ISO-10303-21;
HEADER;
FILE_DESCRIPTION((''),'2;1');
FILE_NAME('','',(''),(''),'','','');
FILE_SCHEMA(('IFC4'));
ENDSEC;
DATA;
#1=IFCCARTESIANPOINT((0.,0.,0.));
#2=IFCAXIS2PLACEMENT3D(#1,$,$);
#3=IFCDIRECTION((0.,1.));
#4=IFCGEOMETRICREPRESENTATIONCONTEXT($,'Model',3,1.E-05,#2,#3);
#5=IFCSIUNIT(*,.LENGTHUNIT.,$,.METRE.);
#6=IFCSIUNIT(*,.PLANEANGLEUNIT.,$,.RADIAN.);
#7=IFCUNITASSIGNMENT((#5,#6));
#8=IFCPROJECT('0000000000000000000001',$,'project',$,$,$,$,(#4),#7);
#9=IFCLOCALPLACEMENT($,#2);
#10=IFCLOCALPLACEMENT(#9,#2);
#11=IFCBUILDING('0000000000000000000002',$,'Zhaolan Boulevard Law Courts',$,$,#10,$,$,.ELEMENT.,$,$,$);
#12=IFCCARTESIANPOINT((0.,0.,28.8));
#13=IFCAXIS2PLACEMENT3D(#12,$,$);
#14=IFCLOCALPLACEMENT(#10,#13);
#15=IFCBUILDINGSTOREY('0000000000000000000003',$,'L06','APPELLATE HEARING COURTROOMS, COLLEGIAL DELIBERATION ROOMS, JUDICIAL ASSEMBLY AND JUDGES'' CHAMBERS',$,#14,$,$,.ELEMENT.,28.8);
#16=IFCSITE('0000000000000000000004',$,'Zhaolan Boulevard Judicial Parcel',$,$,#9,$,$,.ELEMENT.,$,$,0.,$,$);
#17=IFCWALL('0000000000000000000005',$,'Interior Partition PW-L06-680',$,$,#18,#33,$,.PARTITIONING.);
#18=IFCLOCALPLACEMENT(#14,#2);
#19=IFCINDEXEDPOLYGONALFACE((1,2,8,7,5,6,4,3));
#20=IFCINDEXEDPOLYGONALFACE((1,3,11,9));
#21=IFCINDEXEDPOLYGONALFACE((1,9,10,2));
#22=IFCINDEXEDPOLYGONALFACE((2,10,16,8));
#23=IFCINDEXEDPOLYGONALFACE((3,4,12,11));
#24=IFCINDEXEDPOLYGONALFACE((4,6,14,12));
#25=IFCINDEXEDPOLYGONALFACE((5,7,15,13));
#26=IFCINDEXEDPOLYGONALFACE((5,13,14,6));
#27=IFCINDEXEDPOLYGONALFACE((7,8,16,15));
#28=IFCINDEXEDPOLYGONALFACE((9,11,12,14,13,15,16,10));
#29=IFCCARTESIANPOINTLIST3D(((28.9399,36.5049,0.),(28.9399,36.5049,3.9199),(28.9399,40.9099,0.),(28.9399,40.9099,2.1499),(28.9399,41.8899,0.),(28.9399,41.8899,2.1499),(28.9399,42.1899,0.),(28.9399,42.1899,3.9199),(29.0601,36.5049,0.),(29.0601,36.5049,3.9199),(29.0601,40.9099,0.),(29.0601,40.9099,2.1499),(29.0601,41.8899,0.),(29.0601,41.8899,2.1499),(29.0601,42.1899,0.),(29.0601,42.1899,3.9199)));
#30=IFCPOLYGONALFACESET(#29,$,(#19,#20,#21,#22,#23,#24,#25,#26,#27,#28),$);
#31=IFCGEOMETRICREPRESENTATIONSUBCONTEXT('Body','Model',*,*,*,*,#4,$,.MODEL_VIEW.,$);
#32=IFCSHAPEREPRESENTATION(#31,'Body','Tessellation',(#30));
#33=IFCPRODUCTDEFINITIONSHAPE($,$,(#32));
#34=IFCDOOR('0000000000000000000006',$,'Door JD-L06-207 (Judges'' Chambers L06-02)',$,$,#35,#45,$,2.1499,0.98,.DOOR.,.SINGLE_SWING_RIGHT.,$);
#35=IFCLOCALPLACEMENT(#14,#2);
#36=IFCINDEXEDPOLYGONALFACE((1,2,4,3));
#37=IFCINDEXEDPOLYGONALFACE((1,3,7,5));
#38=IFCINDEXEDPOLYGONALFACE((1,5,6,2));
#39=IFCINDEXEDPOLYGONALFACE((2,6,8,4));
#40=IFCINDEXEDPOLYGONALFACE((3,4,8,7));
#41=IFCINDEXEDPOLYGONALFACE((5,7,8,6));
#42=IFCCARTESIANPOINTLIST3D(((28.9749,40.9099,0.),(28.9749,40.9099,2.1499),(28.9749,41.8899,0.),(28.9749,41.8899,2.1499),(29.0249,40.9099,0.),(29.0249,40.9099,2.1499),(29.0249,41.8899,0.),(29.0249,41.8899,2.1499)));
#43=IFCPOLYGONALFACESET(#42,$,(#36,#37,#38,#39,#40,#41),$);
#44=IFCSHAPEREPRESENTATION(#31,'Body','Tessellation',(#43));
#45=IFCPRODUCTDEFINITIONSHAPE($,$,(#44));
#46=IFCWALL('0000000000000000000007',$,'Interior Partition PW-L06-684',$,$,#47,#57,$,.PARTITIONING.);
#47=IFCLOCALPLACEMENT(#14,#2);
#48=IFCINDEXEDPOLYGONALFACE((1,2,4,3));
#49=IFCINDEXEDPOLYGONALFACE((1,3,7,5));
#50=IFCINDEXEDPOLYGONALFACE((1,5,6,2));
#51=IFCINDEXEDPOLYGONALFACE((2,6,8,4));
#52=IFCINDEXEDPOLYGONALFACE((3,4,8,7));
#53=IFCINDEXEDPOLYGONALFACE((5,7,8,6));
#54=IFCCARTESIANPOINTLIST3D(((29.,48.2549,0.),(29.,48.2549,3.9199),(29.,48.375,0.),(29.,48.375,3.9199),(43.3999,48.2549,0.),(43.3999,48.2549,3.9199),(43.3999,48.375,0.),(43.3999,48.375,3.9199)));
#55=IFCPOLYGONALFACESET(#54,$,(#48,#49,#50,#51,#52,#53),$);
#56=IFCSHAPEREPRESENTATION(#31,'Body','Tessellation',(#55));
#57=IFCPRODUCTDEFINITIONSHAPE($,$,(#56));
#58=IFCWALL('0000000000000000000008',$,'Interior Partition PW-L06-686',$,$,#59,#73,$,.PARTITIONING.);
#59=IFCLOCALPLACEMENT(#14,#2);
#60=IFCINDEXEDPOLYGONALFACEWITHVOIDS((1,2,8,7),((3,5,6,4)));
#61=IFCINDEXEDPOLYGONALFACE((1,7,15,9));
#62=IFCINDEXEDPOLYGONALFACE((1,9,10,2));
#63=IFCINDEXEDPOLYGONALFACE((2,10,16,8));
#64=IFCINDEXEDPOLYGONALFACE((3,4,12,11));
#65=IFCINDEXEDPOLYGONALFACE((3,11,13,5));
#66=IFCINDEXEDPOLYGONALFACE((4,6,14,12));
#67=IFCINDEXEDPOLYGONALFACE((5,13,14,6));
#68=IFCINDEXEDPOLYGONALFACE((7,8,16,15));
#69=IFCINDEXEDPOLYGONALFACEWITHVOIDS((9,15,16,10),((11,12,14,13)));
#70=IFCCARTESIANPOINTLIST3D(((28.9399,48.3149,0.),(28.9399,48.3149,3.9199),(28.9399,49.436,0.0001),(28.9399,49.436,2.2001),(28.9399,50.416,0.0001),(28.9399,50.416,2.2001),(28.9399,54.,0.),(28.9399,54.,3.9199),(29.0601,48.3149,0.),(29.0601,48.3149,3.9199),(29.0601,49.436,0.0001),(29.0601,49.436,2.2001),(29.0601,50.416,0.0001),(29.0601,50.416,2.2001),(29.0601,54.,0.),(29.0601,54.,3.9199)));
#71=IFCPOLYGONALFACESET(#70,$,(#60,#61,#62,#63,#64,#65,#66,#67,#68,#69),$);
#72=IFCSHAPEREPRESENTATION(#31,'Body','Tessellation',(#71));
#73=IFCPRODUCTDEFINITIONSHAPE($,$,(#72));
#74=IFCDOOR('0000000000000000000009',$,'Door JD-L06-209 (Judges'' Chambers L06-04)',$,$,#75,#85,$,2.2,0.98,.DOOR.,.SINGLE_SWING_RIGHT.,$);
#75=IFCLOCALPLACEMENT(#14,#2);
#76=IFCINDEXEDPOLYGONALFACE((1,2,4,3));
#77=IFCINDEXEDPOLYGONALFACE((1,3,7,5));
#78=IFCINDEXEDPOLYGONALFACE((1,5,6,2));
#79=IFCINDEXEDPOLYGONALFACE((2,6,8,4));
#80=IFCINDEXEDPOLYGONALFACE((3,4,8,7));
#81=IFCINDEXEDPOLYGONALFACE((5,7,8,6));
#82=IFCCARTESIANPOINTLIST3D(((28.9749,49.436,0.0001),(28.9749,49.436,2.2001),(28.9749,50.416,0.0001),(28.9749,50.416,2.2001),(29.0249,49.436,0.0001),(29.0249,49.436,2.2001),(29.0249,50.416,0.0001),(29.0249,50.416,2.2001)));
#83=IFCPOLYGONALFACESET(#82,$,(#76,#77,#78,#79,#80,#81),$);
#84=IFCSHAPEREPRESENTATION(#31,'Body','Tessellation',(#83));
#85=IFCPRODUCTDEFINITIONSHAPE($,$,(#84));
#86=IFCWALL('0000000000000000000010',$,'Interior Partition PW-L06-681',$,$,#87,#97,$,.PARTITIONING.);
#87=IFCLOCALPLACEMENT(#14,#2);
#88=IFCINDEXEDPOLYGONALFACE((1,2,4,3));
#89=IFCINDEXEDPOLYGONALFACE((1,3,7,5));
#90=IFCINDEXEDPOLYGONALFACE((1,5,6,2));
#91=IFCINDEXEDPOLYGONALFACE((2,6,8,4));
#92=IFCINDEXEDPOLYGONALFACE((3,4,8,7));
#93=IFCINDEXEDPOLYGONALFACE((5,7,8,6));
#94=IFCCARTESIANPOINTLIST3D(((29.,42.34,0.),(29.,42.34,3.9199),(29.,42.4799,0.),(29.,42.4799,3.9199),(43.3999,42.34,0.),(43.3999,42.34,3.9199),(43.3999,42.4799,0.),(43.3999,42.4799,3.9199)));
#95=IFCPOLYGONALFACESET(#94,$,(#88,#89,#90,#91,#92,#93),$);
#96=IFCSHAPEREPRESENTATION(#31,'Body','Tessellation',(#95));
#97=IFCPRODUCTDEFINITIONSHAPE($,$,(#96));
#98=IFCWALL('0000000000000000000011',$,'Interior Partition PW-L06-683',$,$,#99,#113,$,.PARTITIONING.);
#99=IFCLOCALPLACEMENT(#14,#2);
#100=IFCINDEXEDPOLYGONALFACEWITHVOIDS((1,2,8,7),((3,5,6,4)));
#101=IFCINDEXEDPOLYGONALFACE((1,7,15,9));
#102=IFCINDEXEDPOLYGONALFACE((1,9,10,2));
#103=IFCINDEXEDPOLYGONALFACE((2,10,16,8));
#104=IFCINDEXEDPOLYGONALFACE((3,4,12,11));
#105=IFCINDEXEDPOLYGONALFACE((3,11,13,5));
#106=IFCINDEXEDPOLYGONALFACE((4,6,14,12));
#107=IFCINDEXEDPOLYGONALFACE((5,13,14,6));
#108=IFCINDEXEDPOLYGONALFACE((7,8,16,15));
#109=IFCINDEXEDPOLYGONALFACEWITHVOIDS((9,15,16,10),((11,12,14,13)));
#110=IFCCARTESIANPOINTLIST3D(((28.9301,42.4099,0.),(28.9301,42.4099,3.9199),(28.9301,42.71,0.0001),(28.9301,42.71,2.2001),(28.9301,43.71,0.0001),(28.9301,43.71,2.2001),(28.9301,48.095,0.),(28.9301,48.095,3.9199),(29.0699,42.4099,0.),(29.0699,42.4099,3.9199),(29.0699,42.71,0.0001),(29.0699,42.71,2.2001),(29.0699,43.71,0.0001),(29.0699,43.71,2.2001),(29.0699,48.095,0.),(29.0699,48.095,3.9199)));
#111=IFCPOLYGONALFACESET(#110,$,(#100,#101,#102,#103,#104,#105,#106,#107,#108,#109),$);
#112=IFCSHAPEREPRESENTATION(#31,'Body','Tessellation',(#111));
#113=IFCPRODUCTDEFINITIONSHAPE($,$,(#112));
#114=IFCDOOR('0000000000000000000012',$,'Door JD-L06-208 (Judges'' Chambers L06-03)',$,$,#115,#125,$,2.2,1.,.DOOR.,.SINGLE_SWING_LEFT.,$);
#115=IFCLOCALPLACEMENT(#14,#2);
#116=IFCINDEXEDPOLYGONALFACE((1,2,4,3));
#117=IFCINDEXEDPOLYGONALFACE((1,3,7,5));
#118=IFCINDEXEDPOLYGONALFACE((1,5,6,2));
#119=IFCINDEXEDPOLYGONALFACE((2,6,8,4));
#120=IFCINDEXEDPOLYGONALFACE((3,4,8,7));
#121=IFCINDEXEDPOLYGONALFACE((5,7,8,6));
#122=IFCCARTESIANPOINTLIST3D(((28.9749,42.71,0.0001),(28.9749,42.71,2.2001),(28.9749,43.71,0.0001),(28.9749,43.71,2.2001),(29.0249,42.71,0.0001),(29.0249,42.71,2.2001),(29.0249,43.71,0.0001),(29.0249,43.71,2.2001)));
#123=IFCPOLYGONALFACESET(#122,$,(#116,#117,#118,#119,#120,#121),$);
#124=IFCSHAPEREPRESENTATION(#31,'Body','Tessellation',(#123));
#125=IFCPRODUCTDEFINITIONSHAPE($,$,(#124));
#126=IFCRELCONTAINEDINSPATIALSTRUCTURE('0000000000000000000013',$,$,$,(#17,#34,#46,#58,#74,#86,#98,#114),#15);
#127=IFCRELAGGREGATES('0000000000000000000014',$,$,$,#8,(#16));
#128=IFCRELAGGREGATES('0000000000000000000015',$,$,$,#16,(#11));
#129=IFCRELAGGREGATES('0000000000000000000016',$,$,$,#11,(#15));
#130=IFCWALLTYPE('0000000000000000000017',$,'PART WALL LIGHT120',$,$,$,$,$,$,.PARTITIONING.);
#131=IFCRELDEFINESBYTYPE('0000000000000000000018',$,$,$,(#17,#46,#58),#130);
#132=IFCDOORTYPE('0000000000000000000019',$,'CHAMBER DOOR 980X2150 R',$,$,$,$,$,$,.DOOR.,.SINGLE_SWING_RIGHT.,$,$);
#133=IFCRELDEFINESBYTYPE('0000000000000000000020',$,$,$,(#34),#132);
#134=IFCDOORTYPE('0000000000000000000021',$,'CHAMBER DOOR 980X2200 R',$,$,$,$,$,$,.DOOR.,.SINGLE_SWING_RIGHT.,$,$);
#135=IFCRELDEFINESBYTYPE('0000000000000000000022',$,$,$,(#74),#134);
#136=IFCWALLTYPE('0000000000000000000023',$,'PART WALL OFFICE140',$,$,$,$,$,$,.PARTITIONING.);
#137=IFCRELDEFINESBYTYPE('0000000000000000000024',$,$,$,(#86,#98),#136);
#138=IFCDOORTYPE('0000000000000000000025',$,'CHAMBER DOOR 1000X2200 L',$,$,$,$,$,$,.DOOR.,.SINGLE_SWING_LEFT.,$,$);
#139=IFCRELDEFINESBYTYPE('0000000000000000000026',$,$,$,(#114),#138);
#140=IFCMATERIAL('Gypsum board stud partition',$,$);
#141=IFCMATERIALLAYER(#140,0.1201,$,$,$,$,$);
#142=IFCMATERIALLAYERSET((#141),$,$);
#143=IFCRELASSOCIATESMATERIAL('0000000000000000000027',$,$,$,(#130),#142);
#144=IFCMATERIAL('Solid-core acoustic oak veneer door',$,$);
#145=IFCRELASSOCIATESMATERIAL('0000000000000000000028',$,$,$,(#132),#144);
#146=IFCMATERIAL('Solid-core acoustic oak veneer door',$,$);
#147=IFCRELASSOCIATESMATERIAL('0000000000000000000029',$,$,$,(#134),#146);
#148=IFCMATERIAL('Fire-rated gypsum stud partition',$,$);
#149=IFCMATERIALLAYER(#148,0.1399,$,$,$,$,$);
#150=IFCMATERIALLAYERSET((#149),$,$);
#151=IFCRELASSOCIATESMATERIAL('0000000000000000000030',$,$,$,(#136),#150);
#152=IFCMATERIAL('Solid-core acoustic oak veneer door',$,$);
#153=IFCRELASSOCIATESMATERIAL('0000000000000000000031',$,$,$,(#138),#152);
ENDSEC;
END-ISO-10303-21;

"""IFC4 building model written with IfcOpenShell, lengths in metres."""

from ifc_helpers import new_model, si_unit, direction, frame, frame_2d, origin, place, context, subcontext, project, spatial, rectangle, extrude, material, layer, layer_set, type_object, element, fill, save


model = new_model("IFC4")

# Units and contexts
model_context = context("Model", 3, precision=1e-05, world=origin(), true_north=direction((0.0, 1.0)))
body_context = subcontext(model_context, "Body", "Model", "MODEL_VIEW")
ifc_project = project(units=[si_unit("LENGTHUNIT", "METRE"), si_unit("PLANEANGLEUNIT", "RADIAN")], contexts=[model_context])

# Site, building, storey
site_placement = place(None, origin())
site = spatial("IfcSite", under=ifc_project, at=site_placement, Name="Zhaolan Boulevard Judicial Parcel", CompositionType="ELEMENT", RefElevation=0.0)
building_placement = place(site_placement, origin())
building = spatial("IfcBuilding", under=site, at=building_placement, Name="Zhaolan Boulevard Law Courts", CompositionType="ELEMENT")
storey_placement = place(building_placement, frame((0.0, 0.0, 28.8)))
storey = spatial("IfcBuildingStorey", under=building, at=storey_placement, Name="L06", Description="APPELLATE HEARING COURTROOMS, COLLEGIAL DELIBERATION ROOMS, JUDICIAL ASSEMBLY AND JUDGES' CHAMBERS", CompositionType="ELEMENT", Elevation=28.8)

# Wall, opening, door
ifc_material_1 = material(Name="Gypsum board stud partition")
ifc_layer_1 = layer(ifc_material_1, 0.1201)
ifc_layer_set_1 = layer_set([ifc_layer_1])
wall_type_1 = type_object("IfcWallType", Name="PART WALL LIGHT120", PredefinedType="PARTITIONING", material=ifc_layer_set_1)
wall_1_placement = place(storey_placement, frame((29.0, 42.1899, 0.0), z_axis=(0.0, 0.0, 1.0), x_axis=(0.0, -1.0, 0.0)))
wall_1 = element("IfcWall", 1, at=wall_1_placement, inside=storey, type_object=wall_type_1, Name="Interior Partition PW-L06-680", PredefinedType="PARTITIONING", context=body_context, shape_type="SweptSolid", body=[
    extrude(rectangle(XDim=5.6851, YDim=0.1201, at=frame_2d((2.8425, 0.0))), origin(), (0.0, 0.0, 1.0), 3.9199),
])
opening_1_placement = place(wall_1_placement, frame((0.3, 0.0, 0.0)))
opening_1 = element("IfcOpeningElement", 2, at=opening_1_placement, cuts=wall_1, PredefinedType="OPENING", context=body_context, shape_type="SweptSolid", body=[
    extrude(rectangle(XDim=0.98, YDim=2.1499, at=frame_2d((0.49, 1.075))), frame((0.0, 0.0701, 0.0), z_axis=(0.0, -1.0, 0.0), x_axis=(1.0, 0.0, 0.0)), (0.0, 0.0, 1.0), 0.1401),
])
ifc_material_2 = material(Name="Solid-core acoustic oak veneer door")
door_type_1 = type_object("IfcDoorType", Name="CHAMBER DOOR 980X2150 R", OperationType="SINGLE_SWING_RIGHT", PredefinedType="DOOR", material=ifc_material_2)
door_1_placement = place(opening_1_placement, origin())
door_1 = element("IfcDoor", 3, at=door_1_placement, inside=storey, type_object=door_type_1, Name="Door JD-L06-207 (Judges' Chambers L06-02)", OperationType="SINGLE_SWING_RIGHT", OverallHeight=2.1499, OverallWidth=0.98, PredefinedType="DOOR", context=body_context, shape_type="SweptSolid", body=[
    extrude(rectangle(XDim=0.98, YDim=2.1499, at=frame_2d((0.49, 1.075))), frame((0.0, 0.0249, 0.0), z_axis=(0.0, -1.0, 0.0), x_axis=(1.0, 0.0, 0.0)), (0.0, 0.0, 1.0), 0.05),
])
fill(opening_1, door_1)

# Wall
wall_2_placement = place(storey_placement, frame((29.0, 48.3149, 0.0), z_axis=(0.0, 0.0, 1.0), x_axis=(1.0, 0.0, 0.0)))
element("IfcWall", 4, at=wall_2_placement, inside=storey, type_object=wall_type_1, Name="Interior Partition PW-L06-684", PredefinedType="PARTITIONING", context=body_context, shape_type="SweptSolid", body=[
    extrude(rectangle(XDim=14.3999, YDim=0.1201, at=frame_2d((7.2, 0.0))), origin(), (0.0, 0.0, 1.0), 3.9199),
])

# Wall, opening, door
wall_3_placement = place(storey_placement, frame((29.0, 54.0, 0.0), z_axis=(0.0, 0.0, 1.0), x_axis=(0.0, -1.0, 0.0)))
wall_3 = element("IfcWall", 5, at=wall_3_placement, inside=storey, type_object=wall_type_1, Name="Interior Partition PW-L06-686", PredefinedType="PARTITIONING", context=body_context, shape_type="SweptSolid", body=[
    extrude(rectangle(XDim=5.6851, YDim=0.1201, at=frame_2d((2.8425, 0.0))), origin(), (0.0, 0.0, 1.0), 3.9199),
])
opening_2_placement = place(wall_3_placement, frame((3.584, 0.0, 0.0)))
opening_2 = element("IfcOpeningElement", 6, at=opening_2_placement, cuts=wall_3, PredefinedType="OPENING", context=body_context, shape_type="SweptSolid", body=[
    extrude(rectangle(XDim=0.98, YDim=2.2, at=frame_2d((0.49, 1.1001))), frame((0.0, 0.0701, 0.0), z_axis=(0.0, -1.0, 0.0), x_axis=(1.0, 0.0, 0.0)), (0.0, 0.0, 1.0), 0.1401),
])
ifc_material_3 = material(Name="Solid-core acoustic oak veneer door")
door_type_2 = type_object("IfcDoorType", Name="CHAMBER DOOR 980X2200 R", OperationType="SINGLE_SWING_RIGHT", PredefinedType="DOOR", material=ifc_material_3)
door_2_placement = place(opening_2_placement, origin())
door_2 = element("IfcDoor", 7, at=door_2_placement, inside=storey, type_object=door_type_2, Name="Door JD-L06-209 (Judges' Chambers L06-04)", OperationType="SINGLE_SWING_RIGHT", OverallHeight=2.2, OverallWidth=0.98, PredefinedType="DOOR", context=body_context, shape_type="SweptSolid", body=[
    extrude(rectangle(XDim=0.98, YDim=2.2, at=frame_2d((0.49, 1.1001))), frame((0.0, 0.0249, 0.0), z_axis=(0.0, -1.0, 0.0), x_axis=(1.0, 0.0, 0.0)), (0.0, 0.0, 1.0), 0.05),
])
fill(opening_2, door_2)

# Wall
ifc_material_4 = material(Name="Fire-rated gypsum stud partition")
ifc_layer_2 = layer(ifc_material_4, 0.1399)
ifc_layer_set_2 = layer_set([ifc_layer_2])
wall_type_2 = type_object("IfcWallType", Name="PART WALL OFFICE140", PredefinedType="PARTITIONING", material=ifc_layer_set_2)
wall_4_placement = place(storey_placement, frame((29.0, 42.4099, 0.0), z_axis=(0.0, 0.0, 1.0), x_axis=(1.0, 0.0, 0.0)))
element("IfcWall", 8, at=wall_4_placement, inside=storey, type_object=wall_type_2, Name="Interior Partition PW-L06-681", PredefinedType="PARTITIONING", context=body_context, shape_type="SweptSolid", body=[
    extrude(rectangle(XDim=14.3999, YDim=0.1399, at=frame_2d((7.2, 0.0))), origin(), (0.0, 0.0, 1.0), 3.9199),
])

# Wall, opening, door
wall_5_placement = place(storey_placement, frame((29.0, 48.095, 0.0), z_axis=(0.0, 0.0, 1.0), x_axis=(0.0, -1.0, 0.0)))
wall_5 = element("IfcWall", 9, at=wall_5_placement, inside=storey, type_object=wall_type_2, Name="Interior Partition PW-L06-683", PredefinedType="PARTITIONING", context=body_context, shape_type="SweptSolid", body=[
    extrude(rectangle(XDim=5.6851, YDim=0.1399, at=frame_2d((2.8425, 0.0))), origin(), (0.0, 0.0, 1.0), 3.9199),
])
opening_3_placement = place(wall_5_placement, frame((4.385, 0.0, 0.0)))
opening_3 = element("IfcOpeningElement", 10, at=opening_3_placement, cuts=wall_5, PredefinedType="OPENING", context=body_context, shape_type="SweptSolid", body=[
    extrude(rectangle(XDim=1.0, YDim=2.2, at=frame_2d((0.5, 1.1001))), frame((0.0, 0.0798, 0.0), z_axis=(0.0, -1.0, 0.0), x_axis=(1.0, 0.0, 0.0)), (0.0, 0.0, 1.0), 0.1599),
])
ifc_material_5 = material(Name="Solid-core acoustic oak veneer door")
door_type_3 = type_object("IfcDoorType", Name="CHAMBER DOOR 1000X2200 L", OperationType="SINGLE_SWING_LEFT", PredefinedType="DOOR", material=ifc_material_5)
door_3_placement = place(opening_3_placement, origin())
door_3 = element("IfcDoor", 11, at=door_3_placement, inside=storey, type_object=door_type_3, Name="Door JD-L06-208 (Judges' Chambers L06-03)", OperationType="SINGLE_SWING_LEFT", OverallHeight=2.2, OverallWidth=1.0, PredefinedType="DOOR", context=body_context, shape_type="SweptSolid", body=[
    extrude(rectangle(XDim=1.0, YDim=2.2, at=frame_2d((0.5, 1.1001))), frame((0.0, 0.0249, 0.0), z_axis=(0.0, -1.0, 0.0), x_axis=(1.0, 0.0, 0.0)), (0.0, 0.0, 1.0), 0.05),
])
fill(opening_3, door_3)

save(model, "model.ifc")
